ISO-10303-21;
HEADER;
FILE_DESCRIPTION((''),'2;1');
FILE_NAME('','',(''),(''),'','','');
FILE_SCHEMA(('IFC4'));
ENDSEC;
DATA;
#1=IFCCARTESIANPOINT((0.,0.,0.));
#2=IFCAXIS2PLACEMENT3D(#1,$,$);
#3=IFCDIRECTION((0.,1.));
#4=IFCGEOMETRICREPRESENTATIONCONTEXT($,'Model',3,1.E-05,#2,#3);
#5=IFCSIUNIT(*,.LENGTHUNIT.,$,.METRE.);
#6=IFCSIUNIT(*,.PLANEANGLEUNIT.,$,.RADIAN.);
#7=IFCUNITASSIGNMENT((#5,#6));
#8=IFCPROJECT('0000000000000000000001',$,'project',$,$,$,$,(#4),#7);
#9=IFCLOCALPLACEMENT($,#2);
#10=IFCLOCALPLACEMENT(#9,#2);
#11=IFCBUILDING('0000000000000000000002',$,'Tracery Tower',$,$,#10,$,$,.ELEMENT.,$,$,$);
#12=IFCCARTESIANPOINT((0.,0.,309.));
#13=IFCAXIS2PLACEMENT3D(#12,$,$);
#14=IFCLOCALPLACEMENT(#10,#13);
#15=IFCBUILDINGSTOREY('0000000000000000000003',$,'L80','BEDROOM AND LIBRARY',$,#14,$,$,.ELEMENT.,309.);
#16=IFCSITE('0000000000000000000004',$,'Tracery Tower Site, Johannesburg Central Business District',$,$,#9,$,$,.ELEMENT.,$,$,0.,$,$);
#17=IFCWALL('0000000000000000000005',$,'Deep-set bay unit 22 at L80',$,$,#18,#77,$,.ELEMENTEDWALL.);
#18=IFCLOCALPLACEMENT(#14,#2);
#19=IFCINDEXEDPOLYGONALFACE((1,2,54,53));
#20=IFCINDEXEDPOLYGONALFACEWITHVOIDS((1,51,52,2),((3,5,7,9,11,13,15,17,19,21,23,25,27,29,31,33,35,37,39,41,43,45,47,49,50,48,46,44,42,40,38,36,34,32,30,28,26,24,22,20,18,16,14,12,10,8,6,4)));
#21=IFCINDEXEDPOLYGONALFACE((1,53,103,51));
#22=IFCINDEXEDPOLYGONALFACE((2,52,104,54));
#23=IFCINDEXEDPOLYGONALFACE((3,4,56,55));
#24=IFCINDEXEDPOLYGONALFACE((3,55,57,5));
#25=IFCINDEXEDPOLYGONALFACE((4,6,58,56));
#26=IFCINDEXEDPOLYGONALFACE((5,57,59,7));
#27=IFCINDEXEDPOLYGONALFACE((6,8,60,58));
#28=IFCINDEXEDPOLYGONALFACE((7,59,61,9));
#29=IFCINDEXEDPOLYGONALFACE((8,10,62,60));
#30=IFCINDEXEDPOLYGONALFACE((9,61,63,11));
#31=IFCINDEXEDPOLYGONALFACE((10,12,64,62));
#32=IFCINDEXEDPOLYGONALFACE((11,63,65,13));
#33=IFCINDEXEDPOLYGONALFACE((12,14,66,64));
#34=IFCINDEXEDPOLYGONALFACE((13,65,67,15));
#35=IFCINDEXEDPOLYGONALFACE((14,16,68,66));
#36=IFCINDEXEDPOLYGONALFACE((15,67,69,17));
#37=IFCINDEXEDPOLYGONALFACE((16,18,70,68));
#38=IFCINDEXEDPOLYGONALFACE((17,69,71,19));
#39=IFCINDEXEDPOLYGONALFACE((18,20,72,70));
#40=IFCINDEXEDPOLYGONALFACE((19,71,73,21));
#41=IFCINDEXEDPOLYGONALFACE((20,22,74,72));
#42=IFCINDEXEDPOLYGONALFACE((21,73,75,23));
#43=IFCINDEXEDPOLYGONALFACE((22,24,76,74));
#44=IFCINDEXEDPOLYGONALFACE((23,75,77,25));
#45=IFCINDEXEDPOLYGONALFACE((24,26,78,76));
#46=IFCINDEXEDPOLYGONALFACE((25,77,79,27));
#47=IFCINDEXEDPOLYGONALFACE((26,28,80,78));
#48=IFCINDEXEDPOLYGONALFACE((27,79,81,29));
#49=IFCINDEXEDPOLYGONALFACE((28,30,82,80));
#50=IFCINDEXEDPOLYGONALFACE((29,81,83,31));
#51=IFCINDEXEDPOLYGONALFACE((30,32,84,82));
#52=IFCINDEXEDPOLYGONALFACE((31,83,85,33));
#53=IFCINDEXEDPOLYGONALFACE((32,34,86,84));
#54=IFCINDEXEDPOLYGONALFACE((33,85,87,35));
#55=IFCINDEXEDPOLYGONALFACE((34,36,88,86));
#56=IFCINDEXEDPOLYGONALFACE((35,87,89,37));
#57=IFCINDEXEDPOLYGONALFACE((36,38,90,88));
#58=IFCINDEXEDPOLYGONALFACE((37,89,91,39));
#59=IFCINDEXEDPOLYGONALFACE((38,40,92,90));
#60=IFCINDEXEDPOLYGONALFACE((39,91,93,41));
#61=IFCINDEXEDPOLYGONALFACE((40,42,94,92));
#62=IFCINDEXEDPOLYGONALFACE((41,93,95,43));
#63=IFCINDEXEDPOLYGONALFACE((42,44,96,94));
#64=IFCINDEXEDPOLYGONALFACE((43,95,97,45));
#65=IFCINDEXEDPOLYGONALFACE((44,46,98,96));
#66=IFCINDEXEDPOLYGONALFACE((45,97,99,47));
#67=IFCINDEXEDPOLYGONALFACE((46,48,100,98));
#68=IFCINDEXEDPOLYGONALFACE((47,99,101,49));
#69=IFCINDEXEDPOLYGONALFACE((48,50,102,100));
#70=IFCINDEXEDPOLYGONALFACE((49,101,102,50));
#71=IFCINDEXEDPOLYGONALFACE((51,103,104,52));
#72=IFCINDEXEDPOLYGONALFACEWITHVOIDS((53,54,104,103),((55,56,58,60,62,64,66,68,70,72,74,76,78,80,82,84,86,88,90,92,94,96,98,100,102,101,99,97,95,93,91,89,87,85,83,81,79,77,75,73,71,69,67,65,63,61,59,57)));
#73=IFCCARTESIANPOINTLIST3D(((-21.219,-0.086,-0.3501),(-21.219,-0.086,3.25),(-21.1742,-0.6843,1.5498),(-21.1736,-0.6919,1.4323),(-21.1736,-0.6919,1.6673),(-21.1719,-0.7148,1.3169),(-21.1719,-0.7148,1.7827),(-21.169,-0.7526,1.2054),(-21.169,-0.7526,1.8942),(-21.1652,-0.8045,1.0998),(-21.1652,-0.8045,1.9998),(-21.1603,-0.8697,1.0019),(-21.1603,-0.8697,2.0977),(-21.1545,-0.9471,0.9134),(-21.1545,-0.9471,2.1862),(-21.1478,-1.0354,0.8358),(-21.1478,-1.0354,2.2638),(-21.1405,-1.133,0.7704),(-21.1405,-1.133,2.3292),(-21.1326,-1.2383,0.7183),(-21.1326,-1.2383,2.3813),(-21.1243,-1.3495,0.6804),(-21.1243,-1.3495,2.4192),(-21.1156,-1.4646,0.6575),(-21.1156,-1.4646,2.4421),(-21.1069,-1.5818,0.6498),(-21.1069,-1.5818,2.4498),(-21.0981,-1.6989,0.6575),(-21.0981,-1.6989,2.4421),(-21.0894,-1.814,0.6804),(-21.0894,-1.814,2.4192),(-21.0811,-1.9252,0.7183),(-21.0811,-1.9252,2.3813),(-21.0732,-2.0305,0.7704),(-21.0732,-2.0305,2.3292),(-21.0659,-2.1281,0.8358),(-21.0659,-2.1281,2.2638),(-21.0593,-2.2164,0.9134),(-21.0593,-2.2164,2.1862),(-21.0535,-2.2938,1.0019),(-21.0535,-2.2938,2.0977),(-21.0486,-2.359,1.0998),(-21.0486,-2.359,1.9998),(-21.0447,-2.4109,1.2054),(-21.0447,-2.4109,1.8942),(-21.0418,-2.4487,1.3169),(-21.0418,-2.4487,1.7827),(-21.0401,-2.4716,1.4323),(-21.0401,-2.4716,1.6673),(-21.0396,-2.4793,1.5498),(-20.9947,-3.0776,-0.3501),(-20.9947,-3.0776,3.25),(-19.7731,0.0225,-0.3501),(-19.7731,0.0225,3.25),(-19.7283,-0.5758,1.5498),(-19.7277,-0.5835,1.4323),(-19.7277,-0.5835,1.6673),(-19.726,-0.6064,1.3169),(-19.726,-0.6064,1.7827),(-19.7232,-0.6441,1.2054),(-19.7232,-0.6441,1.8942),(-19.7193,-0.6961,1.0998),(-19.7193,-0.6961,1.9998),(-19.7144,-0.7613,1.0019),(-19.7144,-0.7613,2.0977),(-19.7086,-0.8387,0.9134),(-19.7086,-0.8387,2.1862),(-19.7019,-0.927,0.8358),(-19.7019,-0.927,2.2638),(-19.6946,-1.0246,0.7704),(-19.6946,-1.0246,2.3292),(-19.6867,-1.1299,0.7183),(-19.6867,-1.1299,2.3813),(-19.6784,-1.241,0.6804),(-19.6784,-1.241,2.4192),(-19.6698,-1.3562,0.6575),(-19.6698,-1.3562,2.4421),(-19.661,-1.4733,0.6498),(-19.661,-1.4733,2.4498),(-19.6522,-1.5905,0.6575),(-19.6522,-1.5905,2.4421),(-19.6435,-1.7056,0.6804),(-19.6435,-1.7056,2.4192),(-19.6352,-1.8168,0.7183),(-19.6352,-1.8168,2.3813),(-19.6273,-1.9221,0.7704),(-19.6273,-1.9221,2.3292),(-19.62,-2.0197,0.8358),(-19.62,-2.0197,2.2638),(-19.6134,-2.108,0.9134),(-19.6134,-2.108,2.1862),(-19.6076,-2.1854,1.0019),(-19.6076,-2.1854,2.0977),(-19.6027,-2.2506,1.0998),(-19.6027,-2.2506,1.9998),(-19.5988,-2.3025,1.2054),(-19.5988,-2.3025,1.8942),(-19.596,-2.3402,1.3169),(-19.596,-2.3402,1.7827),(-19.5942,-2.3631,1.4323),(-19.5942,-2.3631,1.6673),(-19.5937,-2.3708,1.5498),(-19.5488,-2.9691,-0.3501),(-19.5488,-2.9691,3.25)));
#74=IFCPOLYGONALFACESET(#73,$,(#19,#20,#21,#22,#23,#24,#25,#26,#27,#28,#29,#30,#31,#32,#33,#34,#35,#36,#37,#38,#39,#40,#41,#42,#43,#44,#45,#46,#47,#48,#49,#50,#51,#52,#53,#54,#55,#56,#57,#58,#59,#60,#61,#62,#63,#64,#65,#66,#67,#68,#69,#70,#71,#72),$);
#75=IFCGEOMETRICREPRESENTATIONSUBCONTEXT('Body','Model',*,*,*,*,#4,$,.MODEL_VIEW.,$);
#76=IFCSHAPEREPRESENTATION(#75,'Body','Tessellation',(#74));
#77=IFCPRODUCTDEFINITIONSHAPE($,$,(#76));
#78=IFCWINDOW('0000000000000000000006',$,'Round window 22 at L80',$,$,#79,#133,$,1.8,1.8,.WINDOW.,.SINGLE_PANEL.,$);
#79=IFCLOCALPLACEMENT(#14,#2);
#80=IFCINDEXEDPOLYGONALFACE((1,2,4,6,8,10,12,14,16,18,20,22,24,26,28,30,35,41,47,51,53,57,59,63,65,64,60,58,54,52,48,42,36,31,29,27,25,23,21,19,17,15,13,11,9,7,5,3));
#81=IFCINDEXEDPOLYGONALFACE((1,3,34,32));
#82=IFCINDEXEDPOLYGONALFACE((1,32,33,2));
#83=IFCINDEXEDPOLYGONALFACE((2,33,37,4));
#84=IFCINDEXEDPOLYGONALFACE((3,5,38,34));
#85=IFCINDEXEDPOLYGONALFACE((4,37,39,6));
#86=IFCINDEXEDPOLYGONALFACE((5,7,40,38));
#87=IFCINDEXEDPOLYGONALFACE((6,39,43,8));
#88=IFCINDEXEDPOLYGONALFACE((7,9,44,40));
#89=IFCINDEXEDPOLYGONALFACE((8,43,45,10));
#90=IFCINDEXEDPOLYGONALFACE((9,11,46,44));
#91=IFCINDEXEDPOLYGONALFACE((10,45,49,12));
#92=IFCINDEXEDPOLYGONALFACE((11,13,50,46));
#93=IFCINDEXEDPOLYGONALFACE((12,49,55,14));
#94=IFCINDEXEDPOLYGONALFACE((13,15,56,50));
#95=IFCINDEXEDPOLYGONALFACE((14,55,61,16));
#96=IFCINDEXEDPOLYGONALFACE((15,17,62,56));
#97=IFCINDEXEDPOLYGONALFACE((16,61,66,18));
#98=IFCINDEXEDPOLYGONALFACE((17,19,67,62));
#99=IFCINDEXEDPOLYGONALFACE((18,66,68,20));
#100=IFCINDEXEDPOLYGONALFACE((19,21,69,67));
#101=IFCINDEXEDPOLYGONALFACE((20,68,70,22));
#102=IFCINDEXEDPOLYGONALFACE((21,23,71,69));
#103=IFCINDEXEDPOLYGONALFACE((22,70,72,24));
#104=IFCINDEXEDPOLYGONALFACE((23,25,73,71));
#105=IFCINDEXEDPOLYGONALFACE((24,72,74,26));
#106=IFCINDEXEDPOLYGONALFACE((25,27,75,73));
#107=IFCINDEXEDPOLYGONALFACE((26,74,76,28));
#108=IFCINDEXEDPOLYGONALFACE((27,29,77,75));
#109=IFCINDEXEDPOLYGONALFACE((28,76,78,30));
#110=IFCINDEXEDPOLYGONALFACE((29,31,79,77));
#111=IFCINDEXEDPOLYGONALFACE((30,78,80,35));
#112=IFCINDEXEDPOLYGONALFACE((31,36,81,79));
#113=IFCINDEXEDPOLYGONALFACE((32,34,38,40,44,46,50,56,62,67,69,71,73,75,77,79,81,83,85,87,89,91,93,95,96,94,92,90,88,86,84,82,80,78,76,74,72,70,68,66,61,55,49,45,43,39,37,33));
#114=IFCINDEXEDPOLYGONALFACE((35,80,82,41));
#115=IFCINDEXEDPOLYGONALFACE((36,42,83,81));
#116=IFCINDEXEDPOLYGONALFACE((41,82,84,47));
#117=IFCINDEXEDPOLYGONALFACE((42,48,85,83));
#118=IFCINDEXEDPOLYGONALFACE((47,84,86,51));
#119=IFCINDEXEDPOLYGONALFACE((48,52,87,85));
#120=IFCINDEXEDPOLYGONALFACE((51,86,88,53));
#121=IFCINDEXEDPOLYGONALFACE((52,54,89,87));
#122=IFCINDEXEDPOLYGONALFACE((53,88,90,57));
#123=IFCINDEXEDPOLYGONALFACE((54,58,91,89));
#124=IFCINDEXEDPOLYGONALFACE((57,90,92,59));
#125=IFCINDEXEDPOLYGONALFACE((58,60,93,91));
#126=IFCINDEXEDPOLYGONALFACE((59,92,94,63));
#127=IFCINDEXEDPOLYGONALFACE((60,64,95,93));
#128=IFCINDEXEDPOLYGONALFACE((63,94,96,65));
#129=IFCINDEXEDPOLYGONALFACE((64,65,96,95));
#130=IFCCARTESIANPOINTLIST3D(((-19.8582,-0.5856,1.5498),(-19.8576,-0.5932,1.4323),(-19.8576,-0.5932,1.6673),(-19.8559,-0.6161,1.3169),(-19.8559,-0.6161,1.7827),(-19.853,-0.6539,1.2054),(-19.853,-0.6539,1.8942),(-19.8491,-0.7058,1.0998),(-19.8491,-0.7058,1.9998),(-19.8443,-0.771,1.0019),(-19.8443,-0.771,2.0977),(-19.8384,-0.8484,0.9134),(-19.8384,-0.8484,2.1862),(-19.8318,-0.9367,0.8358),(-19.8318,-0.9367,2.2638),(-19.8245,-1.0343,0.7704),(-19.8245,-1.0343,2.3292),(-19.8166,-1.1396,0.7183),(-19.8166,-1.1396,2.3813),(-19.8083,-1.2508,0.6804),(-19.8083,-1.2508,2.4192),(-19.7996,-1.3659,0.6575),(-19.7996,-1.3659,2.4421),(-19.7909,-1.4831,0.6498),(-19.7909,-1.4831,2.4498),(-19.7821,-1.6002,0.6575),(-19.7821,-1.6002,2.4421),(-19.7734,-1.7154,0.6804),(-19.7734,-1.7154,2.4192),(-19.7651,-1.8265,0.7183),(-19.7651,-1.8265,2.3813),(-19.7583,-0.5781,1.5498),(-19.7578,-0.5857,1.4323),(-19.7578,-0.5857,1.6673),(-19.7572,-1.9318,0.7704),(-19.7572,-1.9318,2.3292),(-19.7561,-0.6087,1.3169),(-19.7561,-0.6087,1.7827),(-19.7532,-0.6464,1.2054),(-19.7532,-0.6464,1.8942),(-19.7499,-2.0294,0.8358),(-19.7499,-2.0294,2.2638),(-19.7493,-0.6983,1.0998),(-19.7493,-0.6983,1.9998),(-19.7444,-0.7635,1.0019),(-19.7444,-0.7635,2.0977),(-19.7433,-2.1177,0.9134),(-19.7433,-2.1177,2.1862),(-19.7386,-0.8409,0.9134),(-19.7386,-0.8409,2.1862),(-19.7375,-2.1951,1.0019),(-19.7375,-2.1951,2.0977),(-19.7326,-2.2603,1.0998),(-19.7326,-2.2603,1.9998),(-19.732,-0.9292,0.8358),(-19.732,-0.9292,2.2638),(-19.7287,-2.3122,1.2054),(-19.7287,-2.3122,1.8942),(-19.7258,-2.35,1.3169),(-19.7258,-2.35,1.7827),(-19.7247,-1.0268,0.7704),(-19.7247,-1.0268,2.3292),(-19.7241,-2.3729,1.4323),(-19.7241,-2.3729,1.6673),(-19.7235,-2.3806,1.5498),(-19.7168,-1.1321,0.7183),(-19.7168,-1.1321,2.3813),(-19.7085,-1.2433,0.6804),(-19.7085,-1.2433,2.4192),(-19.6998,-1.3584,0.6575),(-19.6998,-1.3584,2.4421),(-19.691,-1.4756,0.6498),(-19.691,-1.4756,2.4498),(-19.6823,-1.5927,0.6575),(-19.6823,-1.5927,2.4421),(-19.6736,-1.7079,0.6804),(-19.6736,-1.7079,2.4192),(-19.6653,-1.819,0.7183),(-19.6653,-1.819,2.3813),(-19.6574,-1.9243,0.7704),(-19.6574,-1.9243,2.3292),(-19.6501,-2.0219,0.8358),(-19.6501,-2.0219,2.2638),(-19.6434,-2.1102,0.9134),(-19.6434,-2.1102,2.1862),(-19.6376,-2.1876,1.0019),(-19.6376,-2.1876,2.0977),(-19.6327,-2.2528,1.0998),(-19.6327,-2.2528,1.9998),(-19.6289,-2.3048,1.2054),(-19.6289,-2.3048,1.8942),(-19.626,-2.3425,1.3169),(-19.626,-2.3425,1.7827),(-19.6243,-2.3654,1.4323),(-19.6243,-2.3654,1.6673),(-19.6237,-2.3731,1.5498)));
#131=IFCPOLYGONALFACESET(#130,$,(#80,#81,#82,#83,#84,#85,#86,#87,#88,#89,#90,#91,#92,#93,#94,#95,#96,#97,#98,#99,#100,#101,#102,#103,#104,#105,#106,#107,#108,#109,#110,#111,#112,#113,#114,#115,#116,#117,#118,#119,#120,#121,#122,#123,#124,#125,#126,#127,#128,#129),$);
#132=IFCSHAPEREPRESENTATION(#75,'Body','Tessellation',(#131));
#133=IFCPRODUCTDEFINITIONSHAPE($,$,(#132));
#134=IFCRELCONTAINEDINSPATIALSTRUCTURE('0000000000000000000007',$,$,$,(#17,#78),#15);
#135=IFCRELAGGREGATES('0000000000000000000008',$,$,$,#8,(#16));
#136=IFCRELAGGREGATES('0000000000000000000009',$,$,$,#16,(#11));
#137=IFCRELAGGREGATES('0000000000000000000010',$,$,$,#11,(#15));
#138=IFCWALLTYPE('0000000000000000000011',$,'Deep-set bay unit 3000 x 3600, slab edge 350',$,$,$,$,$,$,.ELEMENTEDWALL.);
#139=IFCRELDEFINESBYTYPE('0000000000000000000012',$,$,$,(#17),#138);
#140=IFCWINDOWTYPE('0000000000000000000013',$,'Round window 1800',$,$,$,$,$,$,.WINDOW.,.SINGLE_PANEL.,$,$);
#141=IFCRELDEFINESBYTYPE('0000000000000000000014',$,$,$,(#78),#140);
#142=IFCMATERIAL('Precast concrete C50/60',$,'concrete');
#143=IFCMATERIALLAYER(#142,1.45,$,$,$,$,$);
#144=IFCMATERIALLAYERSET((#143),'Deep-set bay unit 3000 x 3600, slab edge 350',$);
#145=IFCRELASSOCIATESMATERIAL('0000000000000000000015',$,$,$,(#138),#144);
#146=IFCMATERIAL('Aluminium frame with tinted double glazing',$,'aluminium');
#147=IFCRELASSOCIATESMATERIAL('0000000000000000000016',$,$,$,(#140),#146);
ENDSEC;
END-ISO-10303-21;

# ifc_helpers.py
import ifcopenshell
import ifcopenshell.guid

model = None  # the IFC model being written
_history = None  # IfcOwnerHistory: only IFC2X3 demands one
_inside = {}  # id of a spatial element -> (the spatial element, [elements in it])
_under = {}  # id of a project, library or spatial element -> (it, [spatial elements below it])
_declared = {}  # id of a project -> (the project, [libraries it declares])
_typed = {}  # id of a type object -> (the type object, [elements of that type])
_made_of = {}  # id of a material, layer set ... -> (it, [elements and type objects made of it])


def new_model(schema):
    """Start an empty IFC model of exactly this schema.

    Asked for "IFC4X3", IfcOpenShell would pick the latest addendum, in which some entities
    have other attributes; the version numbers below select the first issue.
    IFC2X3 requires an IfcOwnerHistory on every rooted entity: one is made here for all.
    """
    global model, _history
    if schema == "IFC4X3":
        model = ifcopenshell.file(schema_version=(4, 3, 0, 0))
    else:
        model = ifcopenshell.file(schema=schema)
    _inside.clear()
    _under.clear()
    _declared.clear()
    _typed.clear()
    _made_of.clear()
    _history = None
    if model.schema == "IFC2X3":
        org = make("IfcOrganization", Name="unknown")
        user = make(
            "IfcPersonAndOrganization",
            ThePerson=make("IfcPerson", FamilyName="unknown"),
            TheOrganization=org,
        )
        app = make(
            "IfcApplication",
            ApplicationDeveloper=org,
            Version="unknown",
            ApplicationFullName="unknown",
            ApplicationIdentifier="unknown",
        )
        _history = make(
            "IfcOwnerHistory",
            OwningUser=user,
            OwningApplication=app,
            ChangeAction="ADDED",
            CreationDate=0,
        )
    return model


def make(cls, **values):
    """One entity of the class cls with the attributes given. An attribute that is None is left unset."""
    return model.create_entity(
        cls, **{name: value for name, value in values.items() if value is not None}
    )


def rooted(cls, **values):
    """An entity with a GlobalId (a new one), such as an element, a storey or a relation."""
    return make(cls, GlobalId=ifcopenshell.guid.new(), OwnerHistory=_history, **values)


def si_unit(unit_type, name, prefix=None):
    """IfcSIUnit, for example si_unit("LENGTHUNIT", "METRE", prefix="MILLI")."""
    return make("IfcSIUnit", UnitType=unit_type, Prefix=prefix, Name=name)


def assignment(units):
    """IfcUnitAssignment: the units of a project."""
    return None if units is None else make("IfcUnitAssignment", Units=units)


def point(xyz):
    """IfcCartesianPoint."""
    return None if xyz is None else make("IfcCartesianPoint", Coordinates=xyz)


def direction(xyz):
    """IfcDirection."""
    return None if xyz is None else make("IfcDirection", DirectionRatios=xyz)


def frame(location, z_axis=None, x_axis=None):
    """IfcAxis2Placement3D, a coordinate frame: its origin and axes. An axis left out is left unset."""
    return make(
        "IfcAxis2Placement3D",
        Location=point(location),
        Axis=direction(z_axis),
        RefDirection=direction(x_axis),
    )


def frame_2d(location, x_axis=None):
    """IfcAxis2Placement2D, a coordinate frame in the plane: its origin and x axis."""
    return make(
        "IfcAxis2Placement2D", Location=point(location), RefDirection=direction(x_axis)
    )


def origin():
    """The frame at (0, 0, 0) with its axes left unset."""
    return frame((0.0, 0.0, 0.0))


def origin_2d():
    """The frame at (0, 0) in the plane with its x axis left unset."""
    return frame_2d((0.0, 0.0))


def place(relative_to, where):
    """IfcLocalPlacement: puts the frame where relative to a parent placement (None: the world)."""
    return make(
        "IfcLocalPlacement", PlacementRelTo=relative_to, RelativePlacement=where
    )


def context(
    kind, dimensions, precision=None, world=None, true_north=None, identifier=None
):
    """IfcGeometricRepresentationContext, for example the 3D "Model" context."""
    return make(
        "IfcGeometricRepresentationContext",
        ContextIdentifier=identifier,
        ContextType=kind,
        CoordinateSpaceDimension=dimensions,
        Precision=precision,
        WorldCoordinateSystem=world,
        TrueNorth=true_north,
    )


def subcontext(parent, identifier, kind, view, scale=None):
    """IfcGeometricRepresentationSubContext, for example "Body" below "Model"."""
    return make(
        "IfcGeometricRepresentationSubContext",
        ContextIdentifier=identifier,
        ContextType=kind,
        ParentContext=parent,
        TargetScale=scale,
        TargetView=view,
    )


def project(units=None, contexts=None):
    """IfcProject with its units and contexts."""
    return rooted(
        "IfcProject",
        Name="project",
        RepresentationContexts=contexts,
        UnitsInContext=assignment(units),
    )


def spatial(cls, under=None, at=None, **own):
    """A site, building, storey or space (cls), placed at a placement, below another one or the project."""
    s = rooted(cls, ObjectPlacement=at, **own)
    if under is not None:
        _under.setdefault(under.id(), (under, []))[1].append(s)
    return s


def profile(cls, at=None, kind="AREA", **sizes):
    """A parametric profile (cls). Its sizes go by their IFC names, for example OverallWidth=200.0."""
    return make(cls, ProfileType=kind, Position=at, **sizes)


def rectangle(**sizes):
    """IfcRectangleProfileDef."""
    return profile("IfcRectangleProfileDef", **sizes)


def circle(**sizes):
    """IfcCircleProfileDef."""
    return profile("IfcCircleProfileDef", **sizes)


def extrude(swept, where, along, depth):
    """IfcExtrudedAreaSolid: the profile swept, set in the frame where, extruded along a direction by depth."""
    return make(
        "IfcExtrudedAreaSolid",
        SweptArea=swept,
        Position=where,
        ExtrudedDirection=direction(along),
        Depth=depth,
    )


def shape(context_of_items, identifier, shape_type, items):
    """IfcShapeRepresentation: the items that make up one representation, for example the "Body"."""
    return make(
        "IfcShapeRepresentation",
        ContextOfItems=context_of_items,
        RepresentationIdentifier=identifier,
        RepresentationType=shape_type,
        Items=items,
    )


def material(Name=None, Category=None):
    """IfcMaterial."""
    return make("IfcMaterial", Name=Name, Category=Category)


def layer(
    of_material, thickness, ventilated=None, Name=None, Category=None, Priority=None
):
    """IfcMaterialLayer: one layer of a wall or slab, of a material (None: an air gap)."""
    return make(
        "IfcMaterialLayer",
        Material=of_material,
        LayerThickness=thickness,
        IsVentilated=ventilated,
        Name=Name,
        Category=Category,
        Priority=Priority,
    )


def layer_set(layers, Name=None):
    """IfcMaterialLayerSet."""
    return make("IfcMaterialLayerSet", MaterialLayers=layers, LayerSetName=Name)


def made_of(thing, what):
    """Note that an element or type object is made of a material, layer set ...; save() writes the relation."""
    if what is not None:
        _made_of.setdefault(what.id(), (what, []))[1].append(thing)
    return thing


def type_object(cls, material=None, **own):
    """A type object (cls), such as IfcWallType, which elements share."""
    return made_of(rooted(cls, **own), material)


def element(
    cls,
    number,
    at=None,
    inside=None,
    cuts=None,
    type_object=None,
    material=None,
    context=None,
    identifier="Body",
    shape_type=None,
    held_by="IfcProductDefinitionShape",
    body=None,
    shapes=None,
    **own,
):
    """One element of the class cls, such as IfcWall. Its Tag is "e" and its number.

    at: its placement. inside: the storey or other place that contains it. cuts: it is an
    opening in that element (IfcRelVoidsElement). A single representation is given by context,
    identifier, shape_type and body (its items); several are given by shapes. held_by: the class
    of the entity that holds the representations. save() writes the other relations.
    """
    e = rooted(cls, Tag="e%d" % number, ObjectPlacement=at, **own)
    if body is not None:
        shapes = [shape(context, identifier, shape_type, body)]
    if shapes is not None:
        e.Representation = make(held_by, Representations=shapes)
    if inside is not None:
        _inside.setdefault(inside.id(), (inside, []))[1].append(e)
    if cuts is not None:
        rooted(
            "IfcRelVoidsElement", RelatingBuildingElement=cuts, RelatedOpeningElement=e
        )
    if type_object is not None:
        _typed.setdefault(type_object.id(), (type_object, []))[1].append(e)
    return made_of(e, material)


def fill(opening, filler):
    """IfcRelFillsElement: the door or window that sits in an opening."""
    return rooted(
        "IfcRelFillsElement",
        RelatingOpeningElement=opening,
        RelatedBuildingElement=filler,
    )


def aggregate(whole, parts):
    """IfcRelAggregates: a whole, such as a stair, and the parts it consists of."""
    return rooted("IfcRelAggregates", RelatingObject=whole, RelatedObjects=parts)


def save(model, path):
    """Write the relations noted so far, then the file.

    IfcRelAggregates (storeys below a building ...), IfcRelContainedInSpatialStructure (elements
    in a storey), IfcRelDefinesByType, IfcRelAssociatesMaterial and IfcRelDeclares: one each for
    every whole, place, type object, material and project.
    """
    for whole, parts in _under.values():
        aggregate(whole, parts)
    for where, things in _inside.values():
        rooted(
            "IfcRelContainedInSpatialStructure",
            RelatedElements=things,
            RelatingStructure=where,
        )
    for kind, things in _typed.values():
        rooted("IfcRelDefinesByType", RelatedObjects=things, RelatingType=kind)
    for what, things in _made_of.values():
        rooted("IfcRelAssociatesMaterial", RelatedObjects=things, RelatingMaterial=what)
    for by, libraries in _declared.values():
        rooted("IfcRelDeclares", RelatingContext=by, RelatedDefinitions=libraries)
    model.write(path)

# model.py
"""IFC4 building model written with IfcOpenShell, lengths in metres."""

from ifc_helpers import new_model, si_unit, direction, frame, frame_2d, origin, origin_2d, place, context, subcontext, project, spatial, rectangle, circle, extrude, material, layer, layer_set, type_object, element, fill, save


model = new_model("IFC4")

# Units and contexts
model_context = context("Model", 3, precision=1e-05, world=origin(), true_north=direction((0.0, 1.0)))
body_context = subcontext(model_context, "Body", "Model", "MODEL_VIEW")
ifc_project = project(units=[si_unit("LENGTHUNIT", "METRE"), si_unit("PLANEANGLEUNIT", "RADIAN")], contexts=[model_context])

# Site, building, storey
site_placement = place(None, origin())
site = spatial("IfcSite", under=ifc_project, at=site_placement, Name="Tracery Tower Site, Johannesburg Central Business District", CompositionType="ELEMENT", RefElevation=0.0)
building_placement = place(site_placement, origin())
building = spatial("IfcBuilding", under=site, at=building_placement, Name="Tracery Tower", CompositionType="ELEMENT")
storey_placement = place(building_placement, frame((0.0, 0.0, 309.0)))
storey = spatial("IfcBuildingStorey", under=building, at=storey_placement, Name="L80", Description="BEDROOM AND LIBRARY", CompositionType="ELEMENT", Elevation=309.0)

# Wall, opening, window
ifc_material_1 = material(Name="Precast concrete C50/60", Category="concrete")
ifc_layer_1 = layer(ifc_material_1, 1.45)
ifc_layer_set_1 = layer_set([ifc_layer_1], Name="Deep-set bay unit 3000 x 3600, slab edge 350")
wall_type_1 = type_object("IfcWallType", Name="Deep-set bay unit 3000 x 3600, slab edge 350", PredefinedType="ELEMENTEDWALL", material=ifc_layer_set_1)
wall_1_placement = place(storey_placement, frame((-20.4961, -0.0317, -0.3501), z_axis=(0.0, 0.0, 1.0), x_axis=(0.074786, -0.9972, 0.0)))
wall_1 = element("IfcWall", 1, at=wall_1_placement, inside=storey, type_object=wall_type_1, Name="Deep-set bay unit 22 at L80", PredefinedType="ELEMENTEDWALL", context=body_context, shape_type="SweptSolid", body=[
    extrude(rectangle(XDim=3.0, YDim=1.45, at=frame_2d((1.5, 0.0))), origin(), (0.0, 0.0, 1.0), 3.6001),
])
opening_1_placement = place(wall_1_placement, frame((1.5, 0.0, 1.8999)))
opening_1 = element("IfcOpeningElement", 2, at=opening_1_placement, cuts=wall_1, PredefinedType="OPENING", context=body_context, shape_type="SweptSolid", body=[
    extrude(circle(Radius=0.9, at=origin_2d()), frame((0.0, 0.7349, 0.0), z_axis=(0.0, -1.0, 0.0), x_axis=(1.0, 0.0, 0.0)), (0.0, 0.0, 1.0), 1.47),
])
ifc_material_2 = material(Name="Aluminium frame with tinted double glazing", Category="aluminium")
window_type = type_object("IfcWindowType", Name="Round window 1800", PartitioningType="SINGLE_PANEL", PredefinedType="WINDOW", material=ifc_material_2)
window_1_placement = place(opening_1_placement, origin())
window_1 = element("IfcWindow", 3, at=window_1_placement, inside=storey, type_object=window_type, Name="Round window 22 at L80", OverallHeight=1.8, OverallWidth=1.8, PartitioningType="SINGLE_PANEL", PredefinedType="WINDOW", context=body_context, shape_type="SweptSolid", body=[
    extrude(circle(Radius=0.9, at=origin_2d()), frame((0.0, 0.6948, 0.0), z_axis=(0.0, -1.0, 0.0), x_axis=(1.0, 0.0, 0.0)), (0.0, 0.0, 1.0), 0.1001),
])
fill(opening_1, window_1)

save(model, "model.ifc")
